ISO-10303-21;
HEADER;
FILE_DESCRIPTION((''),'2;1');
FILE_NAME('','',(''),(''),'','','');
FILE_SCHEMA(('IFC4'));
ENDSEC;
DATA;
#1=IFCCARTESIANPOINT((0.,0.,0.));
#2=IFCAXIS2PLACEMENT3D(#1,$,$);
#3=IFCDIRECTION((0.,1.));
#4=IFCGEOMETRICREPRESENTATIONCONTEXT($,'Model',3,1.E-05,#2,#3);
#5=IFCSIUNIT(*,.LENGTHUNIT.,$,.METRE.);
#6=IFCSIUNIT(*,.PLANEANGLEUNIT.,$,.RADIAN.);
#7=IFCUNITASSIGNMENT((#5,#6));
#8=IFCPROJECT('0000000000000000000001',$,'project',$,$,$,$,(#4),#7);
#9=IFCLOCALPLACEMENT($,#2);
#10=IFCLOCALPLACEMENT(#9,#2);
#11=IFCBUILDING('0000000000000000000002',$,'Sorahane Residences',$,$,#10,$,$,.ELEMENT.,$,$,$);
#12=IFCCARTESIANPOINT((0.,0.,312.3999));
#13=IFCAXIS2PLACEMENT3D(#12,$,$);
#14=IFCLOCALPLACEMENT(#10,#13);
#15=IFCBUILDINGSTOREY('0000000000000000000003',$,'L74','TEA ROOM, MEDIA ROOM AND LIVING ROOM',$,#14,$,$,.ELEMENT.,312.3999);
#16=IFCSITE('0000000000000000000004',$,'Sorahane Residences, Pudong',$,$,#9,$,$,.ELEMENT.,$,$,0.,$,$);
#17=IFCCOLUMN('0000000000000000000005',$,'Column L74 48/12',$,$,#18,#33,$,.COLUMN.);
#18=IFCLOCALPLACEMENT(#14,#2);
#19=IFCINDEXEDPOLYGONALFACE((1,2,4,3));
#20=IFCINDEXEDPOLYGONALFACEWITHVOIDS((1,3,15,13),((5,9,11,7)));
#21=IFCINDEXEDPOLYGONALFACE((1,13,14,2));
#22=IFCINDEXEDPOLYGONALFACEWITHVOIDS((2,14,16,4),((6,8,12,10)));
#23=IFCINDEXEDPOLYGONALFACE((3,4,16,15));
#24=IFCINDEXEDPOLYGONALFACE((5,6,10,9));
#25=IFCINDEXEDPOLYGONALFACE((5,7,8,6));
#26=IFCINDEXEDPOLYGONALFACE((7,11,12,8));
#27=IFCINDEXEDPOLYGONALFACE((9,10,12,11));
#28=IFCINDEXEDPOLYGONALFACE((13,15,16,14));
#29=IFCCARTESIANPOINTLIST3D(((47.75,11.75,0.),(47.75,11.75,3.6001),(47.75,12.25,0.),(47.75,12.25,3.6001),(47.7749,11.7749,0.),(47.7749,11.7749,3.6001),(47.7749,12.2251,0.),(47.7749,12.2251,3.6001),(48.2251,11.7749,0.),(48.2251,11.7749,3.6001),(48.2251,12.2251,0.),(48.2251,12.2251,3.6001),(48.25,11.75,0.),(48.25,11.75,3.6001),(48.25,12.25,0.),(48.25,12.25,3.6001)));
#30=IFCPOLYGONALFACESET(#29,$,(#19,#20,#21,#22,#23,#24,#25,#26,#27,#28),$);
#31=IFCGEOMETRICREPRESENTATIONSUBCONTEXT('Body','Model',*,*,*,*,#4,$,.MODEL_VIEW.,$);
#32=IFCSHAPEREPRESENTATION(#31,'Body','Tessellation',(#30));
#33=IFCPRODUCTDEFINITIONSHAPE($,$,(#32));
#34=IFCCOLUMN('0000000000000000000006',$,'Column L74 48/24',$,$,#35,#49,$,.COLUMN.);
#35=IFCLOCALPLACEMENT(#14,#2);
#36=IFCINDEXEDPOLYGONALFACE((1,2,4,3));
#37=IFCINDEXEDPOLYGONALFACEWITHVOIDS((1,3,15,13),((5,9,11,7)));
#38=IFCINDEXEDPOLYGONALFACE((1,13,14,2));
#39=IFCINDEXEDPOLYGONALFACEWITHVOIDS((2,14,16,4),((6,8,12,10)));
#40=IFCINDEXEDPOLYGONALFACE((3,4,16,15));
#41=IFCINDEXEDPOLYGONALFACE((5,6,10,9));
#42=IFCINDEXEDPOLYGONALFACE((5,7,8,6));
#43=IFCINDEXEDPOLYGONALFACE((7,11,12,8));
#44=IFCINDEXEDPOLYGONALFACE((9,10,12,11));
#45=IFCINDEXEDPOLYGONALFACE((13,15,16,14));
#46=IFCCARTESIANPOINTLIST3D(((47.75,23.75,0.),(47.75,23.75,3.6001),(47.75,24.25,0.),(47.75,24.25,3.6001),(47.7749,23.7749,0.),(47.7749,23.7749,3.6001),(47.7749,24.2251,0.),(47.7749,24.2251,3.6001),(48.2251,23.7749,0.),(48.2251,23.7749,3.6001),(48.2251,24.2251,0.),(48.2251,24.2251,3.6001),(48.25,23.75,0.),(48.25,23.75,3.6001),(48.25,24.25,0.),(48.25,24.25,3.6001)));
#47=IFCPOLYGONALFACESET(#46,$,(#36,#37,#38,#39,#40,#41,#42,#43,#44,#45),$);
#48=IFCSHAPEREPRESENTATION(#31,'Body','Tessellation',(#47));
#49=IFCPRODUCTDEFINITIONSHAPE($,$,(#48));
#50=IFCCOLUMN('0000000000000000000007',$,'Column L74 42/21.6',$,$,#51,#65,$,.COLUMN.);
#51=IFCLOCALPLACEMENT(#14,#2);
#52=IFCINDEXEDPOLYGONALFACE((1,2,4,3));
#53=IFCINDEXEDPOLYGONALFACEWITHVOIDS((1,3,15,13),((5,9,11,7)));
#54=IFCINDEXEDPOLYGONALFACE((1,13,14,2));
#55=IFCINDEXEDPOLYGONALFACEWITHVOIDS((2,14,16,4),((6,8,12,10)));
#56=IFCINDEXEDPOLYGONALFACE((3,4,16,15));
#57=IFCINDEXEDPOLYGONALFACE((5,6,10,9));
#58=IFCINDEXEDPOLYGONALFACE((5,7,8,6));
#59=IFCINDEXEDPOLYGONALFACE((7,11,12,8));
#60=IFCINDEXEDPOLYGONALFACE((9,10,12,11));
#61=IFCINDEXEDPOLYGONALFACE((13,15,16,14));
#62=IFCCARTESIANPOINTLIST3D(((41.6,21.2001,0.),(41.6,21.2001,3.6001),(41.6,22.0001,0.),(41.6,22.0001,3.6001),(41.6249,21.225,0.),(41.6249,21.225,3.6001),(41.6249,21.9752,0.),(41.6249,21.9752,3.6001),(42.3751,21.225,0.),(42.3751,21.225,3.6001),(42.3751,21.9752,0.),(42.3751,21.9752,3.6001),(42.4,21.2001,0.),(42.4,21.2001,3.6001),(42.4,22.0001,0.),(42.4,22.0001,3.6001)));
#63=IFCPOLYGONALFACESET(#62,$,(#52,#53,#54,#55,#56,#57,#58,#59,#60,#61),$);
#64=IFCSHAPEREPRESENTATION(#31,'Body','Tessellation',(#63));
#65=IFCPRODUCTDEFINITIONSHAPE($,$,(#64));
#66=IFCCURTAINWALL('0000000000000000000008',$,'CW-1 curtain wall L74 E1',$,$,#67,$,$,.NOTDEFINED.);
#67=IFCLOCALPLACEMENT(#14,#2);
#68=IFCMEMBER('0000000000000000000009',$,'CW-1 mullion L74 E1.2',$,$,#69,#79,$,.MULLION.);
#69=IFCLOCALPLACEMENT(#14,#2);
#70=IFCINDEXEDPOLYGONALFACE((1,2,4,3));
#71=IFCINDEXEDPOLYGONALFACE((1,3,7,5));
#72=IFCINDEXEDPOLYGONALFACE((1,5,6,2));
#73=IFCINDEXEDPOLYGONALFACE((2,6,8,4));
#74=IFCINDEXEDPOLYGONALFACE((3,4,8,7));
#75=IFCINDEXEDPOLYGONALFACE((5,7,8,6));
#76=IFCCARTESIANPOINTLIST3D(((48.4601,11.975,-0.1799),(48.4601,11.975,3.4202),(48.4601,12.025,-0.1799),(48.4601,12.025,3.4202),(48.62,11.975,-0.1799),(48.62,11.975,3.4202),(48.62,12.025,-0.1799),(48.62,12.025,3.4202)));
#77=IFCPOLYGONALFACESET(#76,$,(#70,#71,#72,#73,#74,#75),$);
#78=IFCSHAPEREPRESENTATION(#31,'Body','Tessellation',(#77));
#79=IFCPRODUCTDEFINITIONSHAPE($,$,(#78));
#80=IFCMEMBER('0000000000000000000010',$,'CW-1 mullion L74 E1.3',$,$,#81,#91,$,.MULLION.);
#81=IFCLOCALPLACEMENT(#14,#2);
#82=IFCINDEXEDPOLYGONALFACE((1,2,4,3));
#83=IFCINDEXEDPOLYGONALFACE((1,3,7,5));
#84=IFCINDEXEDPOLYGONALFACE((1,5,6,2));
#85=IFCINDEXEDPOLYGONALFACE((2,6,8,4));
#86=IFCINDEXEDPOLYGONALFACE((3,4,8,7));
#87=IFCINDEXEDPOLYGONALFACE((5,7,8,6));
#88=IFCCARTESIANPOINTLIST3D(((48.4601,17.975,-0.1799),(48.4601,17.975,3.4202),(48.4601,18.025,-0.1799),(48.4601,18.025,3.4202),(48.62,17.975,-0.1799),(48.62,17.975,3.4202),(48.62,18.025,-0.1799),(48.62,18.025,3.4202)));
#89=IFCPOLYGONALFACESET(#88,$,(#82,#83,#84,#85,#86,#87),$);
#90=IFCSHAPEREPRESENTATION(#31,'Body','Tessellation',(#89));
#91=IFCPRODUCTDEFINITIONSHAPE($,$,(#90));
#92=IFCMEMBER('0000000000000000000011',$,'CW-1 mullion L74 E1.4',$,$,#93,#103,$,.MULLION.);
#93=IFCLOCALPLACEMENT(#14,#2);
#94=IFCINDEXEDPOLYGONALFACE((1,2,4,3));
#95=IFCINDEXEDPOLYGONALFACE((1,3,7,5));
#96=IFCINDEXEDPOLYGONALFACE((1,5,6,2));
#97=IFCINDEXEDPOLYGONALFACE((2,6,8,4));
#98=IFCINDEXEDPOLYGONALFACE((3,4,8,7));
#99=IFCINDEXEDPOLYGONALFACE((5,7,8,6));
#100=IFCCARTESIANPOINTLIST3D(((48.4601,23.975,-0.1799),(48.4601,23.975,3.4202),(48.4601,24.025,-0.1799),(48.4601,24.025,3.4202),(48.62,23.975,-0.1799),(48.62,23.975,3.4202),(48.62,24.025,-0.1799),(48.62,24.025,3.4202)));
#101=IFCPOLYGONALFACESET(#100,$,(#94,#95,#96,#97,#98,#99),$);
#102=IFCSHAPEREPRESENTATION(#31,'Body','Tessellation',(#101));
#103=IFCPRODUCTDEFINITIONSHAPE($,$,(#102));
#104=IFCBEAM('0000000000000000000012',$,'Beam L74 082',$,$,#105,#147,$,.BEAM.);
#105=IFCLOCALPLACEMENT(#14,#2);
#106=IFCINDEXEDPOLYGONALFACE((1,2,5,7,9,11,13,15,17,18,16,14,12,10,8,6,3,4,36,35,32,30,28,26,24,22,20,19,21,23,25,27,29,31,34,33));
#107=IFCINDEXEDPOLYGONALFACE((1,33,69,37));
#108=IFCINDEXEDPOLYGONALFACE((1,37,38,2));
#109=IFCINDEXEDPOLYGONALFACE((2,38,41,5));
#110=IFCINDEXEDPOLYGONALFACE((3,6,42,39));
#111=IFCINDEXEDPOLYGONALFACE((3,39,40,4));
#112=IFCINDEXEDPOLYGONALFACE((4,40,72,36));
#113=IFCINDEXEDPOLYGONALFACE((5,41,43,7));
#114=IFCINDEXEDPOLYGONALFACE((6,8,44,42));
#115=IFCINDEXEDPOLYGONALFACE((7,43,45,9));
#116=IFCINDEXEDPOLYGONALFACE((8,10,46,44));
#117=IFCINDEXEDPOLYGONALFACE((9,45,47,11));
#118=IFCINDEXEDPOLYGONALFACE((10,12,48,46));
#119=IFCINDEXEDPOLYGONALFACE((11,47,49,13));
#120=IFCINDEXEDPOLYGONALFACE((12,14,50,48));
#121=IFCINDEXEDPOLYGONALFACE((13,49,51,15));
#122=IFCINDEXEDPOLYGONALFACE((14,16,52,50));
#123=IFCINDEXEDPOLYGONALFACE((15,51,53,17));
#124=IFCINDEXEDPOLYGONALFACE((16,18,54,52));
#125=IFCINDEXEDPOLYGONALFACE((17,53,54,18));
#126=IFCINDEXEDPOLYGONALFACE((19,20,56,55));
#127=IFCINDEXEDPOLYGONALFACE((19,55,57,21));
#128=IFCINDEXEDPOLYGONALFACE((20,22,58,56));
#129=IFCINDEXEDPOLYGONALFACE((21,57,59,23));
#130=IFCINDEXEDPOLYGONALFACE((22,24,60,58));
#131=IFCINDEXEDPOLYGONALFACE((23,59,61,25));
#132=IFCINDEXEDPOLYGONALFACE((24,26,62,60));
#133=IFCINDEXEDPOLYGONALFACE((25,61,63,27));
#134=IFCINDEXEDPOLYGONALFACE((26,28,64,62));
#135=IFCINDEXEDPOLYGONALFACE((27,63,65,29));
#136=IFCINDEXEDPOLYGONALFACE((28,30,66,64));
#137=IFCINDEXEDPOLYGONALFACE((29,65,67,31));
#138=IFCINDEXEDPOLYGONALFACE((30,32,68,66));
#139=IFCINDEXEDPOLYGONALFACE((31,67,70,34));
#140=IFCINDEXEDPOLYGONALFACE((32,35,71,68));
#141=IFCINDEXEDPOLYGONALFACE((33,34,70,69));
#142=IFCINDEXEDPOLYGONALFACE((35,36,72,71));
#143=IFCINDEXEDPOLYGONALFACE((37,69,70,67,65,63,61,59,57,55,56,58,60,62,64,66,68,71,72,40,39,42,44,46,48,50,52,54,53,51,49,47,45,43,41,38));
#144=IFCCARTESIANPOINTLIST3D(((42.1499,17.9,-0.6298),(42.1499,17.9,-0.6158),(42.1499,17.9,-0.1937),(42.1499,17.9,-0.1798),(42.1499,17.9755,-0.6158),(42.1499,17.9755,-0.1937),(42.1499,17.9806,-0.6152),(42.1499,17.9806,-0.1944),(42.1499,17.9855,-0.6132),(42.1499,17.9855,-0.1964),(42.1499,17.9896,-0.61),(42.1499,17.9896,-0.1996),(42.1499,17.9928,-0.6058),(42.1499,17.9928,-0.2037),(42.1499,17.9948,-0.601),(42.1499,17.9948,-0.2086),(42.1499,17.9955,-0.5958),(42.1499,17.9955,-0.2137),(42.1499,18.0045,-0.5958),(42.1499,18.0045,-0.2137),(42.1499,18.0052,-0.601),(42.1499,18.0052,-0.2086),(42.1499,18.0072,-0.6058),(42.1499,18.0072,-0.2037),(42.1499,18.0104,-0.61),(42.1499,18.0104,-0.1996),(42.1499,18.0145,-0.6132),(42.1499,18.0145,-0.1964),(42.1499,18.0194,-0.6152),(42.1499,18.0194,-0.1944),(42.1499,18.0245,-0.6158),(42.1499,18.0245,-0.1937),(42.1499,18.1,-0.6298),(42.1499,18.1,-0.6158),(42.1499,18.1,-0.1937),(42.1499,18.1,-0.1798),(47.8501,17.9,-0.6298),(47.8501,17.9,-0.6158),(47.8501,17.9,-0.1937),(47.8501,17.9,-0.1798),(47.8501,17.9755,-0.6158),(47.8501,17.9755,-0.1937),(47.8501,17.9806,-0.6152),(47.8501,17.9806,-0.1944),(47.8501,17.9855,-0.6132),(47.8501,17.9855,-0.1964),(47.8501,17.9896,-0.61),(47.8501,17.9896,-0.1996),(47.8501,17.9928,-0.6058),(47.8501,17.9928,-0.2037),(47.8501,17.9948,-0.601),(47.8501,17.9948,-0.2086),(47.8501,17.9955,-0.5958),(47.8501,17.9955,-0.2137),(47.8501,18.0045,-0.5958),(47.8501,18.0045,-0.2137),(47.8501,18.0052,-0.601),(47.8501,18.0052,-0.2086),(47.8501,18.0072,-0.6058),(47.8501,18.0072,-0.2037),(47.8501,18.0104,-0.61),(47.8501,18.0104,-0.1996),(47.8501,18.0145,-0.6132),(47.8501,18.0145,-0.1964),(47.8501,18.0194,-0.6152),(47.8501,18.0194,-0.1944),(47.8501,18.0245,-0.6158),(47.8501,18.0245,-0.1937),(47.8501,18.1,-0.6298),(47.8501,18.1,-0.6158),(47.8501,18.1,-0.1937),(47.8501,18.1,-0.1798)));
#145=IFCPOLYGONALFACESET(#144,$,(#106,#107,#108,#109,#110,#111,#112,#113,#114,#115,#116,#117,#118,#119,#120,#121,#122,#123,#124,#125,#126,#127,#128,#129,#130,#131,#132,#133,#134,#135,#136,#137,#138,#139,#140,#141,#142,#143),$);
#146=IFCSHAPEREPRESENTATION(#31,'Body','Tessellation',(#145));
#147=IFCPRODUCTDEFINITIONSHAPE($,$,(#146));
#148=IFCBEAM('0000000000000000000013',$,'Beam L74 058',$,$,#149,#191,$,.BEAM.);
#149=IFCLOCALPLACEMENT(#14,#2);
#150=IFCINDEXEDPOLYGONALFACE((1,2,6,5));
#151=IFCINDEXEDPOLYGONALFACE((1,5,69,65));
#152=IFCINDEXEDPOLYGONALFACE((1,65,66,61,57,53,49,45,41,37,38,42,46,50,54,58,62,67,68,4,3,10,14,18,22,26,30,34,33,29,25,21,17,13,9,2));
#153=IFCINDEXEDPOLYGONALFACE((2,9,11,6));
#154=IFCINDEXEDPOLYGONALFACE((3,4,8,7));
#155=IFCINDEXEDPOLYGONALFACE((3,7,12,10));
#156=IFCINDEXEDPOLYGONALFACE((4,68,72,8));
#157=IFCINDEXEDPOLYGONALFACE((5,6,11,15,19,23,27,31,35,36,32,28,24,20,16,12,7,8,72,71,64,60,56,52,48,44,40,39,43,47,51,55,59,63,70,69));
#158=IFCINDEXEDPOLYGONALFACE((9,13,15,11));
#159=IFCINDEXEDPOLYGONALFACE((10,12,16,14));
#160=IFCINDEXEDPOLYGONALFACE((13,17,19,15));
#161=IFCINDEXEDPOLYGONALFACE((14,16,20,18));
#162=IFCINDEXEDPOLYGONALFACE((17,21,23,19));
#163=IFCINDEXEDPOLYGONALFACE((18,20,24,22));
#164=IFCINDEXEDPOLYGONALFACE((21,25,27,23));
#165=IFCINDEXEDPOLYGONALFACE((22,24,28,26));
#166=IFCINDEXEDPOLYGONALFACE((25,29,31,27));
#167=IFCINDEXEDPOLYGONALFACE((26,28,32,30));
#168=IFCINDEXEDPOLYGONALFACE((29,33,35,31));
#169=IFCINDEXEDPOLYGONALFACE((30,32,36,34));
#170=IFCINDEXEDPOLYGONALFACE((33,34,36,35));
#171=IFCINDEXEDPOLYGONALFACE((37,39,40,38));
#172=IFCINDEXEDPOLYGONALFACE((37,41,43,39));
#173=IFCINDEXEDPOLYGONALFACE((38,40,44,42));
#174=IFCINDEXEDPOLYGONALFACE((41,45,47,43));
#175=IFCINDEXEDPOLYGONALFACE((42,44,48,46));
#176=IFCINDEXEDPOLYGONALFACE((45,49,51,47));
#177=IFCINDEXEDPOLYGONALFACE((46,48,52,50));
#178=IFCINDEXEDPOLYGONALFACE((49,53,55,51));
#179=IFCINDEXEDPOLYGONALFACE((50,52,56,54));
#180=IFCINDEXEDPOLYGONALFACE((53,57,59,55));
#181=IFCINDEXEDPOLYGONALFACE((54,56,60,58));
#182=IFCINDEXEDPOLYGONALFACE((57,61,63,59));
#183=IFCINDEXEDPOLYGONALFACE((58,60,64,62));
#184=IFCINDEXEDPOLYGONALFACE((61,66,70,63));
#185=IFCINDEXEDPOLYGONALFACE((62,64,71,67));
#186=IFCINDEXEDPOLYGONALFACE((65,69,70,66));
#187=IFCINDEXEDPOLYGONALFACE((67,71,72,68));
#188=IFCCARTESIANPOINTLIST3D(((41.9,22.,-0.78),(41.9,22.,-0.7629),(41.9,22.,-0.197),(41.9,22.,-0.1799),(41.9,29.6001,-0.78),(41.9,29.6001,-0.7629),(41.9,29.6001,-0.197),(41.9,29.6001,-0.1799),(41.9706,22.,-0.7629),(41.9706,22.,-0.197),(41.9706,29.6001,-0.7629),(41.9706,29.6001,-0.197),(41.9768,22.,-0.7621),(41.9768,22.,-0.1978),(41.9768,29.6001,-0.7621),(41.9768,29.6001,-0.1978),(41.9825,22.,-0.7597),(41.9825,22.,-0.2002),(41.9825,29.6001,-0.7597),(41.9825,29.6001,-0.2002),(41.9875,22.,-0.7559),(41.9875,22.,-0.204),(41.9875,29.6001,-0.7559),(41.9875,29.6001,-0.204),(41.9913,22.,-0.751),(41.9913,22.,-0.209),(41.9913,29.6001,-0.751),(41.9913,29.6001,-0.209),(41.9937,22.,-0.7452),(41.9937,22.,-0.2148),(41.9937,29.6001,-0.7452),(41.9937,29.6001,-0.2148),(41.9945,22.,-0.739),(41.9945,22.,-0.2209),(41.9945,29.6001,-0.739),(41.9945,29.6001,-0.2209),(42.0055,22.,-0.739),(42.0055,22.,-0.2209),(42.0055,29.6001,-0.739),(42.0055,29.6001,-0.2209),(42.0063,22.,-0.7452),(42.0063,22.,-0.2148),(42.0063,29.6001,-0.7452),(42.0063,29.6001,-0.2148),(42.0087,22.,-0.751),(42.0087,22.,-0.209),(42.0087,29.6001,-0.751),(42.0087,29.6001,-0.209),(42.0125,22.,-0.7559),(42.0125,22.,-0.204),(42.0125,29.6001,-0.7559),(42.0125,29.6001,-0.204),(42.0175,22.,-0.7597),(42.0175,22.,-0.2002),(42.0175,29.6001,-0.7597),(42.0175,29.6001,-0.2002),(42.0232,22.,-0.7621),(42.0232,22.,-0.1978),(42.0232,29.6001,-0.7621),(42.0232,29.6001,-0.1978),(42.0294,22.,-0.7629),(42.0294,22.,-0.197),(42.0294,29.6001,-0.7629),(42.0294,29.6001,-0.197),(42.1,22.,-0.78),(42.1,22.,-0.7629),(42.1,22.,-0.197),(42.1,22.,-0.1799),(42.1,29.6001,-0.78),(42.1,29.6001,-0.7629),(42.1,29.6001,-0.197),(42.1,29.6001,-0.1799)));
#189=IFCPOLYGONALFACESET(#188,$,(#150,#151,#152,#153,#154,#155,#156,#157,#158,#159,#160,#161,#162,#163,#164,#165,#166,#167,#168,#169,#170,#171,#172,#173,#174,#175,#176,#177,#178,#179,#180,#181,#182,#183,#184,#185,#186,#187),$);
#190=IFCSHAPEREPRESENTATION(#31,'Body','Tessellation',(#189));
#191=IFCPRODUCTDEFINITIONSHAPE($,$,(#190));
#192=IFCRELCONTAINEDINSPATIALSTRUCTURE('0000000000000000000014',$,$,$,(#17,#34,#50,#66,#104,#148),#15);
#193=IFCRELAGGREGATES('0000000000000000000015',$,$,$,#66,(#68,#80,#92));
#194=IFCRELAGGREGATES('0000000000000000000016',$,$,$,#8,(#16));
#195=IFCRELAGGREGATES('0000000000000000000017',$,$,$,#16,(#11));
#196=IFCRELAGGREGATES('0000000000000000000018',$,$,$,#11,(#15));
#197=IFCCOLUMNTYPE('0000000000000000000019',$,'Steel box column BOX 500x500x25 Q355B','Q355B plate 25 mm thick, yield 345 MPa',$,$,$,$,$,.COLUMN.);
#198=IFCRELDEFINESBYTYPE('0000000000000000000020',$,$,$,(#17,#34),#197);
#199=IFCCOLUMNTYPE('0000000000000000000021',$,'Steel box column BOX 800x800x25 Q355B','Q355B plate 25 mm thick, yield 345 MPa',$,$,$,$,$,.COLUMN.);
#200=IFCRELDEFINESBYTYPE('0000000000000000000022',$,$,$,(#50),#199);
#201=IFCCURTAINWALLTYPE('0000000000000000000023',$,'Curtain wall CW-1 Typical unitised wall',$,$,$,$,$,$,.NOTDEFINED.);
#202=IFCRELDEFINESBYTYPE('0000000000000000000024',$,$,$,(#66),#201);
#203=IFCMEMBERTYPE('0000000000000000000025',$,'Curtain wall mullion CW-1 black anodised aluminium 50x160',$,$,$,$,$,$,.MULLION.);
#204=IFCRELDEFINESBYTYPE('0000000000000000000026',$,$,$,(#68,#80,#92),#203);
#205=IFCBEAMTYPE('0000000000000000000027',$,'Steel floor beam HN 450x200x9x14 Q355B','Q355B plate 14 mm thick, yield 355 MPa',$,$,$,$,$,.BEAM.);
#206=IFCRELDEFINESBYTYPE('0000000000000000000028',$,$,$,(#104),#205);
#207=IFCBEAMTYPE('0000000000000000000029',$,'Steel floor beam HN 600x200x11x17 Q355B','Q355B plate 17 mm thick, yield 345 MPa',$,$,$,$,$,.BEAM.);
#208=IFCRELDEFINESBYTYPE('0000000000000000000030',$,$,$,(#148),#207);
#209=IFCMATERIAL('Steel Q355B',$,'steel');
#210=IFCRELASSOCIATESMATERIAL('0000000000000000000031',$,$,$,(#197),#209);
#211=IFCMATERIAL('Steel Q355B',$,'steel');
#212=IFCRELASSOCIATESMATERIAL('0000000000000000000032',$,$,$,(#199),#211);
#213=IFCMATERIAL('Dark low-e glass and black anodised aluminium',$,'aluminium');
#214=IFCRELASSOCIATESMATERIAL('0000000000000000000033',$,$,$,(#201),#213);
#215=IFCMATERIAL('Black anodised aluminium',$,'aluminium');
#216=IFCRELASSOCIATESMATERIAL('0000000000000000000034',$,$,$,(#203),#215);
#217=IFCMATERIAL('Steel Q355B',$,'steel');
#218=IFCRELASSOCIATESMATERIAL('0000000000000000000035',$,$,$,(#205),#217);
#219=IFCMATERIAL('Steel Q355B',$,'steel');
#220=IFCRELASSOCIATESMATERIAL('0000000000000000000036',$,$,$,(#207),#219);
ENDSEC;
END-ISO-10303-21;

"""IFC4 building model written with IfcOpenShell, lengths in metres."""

from ifc_helpers import new_model, si_unit, direction, frame, origin, origin_2d, place, context, subcontext, project, spatial, rectangle, hollow_rectangle, i_section, extrude, material, material_profile, profile_set, type_object, element, aggregate, save


model = new_model("IFC4")

# Units and contexts
model_context = context("Model", 3, precision=1e-05, world=origin(), true_north=direction((0.0, 1.0)))
body_context = subcontext(model_context, "Body", "Model", "MODEL_VIEW")
ifc_project = project(units=[si_unit("LENGTHUNIT", "METRE"), si_unit("PLANEANGLEUNIT", "RADIAN")], contexts=[model_context])

# Site, building, storey
site_placement = place(None, origin())
site = spatial("IfcSite", under=ifc_project, at=site_placement, Name="Sorahane Residences, Pudong", CompositionType="ELEMENT", RefElevation=0.0)
building_placement = place(site_placement, origin())
building = spatial("IfcBuilding", under=site, at=building_placement, Name="Sorahane Residences", CompositionType="ELEMENT")
storey_placement = place(building_placement, frame((0.0, 0.0, 312.3999)))
storey = spatial("IfcBuildingStorey", under=building, at=storey_placement, Name="L74", Description="TEA ROOM, MEDIA ROOM AND LIVING ROOM", CompositionType="ELEMENT", Elevation=312.3999)

# Columns
ifc_material_1 = material(Name="Steel Q355B", Category="steel")
ifc_material_profile_1 = material_profile(ifc_material_1, hollow_rectangle(XDim=0.5, YDim=0.5, WallThickness=0.0249, at=origin_2d()), Name="BOX 500x500x25")
ifc_profile_set_1 = profile_set([ifc_material_profile_1], Name="Steel Q355B")
column_type_1 = type_object("IfcColumnType", Name="Steel box column BOX 500x500x25 Q355B", Description="Q355B plate 25 mm thick, yield 345 MPa", PredefinedType="COLUMN", material=ifc_profile_set_1)
for number, where, z_axis, x_axis, name in (
    (1, (48.0, 12.0, 0.0), (0.0, 0.0, 1.0), (1.0, 0.0, 0.0), "Column L74 48/12"),
    (2, (48.0, 24.0, 0.0), (0.0, 0.0, 1.0), (1.0, 0.0, 0.0), "Column L74 48/24"),
):
    element("IfcColumn", number, at=place(storey_placement, frame(where, z_axis=z_axis, x_axis=x_axis)), inside=storey, type_object=column_type_1, Name=name, PredefinedType="COLUMN", context=body_context, shape_type="SweptSolid", body=[
        extrude(hollow_rectangle(XDim=0.5, YDim=0.5, WallThickness=0.0249, at=origin_2d()), origin(), (0.0, 0.0, 1.0), 3.6001),
    ])
ifc_material_2 = material(Name="Steel Q355B", Category="steel")
ifc_material_profile_2 = material_profile(ifc_material_2, hollow_rectangle(XDim=0.8, YDim=0.8, WallThickness=0.0249, at=origin_2d()), Name="BOX 800x800x25")
ifc_profile_set_2 = profile_set([ifc_material_profile_2], Name="Steel Q355B")
column_type_2 = type_object("IfcColumnType", Name="Steel box column BOX 800x800x25 Q355B", Description="Q355B plate 25 mm thick, yield 345 MPa", PredefinedType="COLUMN", material=ifc_profile_set_2)
column_placement = place(storey_placement, frame((42.0, 21.6001, 0.0), z_axis=(0.0, 0.0, 1.0), x_axis=(1.0, 0.0, 0.0)))
element("IfcColumn", 3, at=column_placement, inside=storey, type_object=column_type_2, Name="Column L74 42/21.6", PredefinedType="COLUMN", context=body_context, shape_type="SweptSolid", body=[
    extrude(hollow_rectangle(XDim=0.8, YDim=0.8, WallThickness=0.0249, at=origin_2d()), origin(), (0.0, 0.0, 1.0), 3.6001),
])

# Curtain wall, members
ifc_material_3 = material(Name="Dark low-e glass and black anodised aluminium", Category="aluminium")
curtain_wall_type = type_object("IfcCurtainWallType", Name="Curtain wall CW-1 Typical unitised wall", PredefinedType="NOTDEFINED", material=ifc_material_3)
curtain_wall_placement = place(storey_placement, origin())
curtain_wall = element("IfcCurtainWall", 4, at=curtain_wall_placement, inside=storey, type_object=curtain_wall_type, Name="CW-1 curtain wall L74 E1", PredefinedType="NOTDEFINED")
ifc_material_4 = material(Name="Black anodised aluminium", Category="aluminium")
ifc_material_profile_3 = material_profile(ifc_material_4, rectangle(XDim=0.1599, YDim=0.05, at=origin_2d()), Name="Curtain wall mullion CW-1 black anodised aluminium 50x160")
ifc_profile_set_3 = profile_set([ifc_material_profile_3], Name="Black anodised aluminium")
member_type = type_object("IfcMemberType", Name="Curtain wall mullion CW-1 black anodised aluminium 50x160", PredefinedType="MULLION", material=ifc_profile_set_3)
member_1_placement = place(storey_placement, frame((48.54, 12.0, -0.1799), z_axis=(0.0, 0.0, 1.0), x_axis=(1.0, 0.0, 0.0)))
member_1 = element("IfcMember", 5, at=member_1_placement, type_object=member_type, Name="CW-1 mullion L74 E1.2", PredefinedType="MULLION", context=body_context, shape_type="SweptSolid", body=[
    extrude(rectangle(XDim=0.1599, YDim=0.05, at=origin_2d()), origin(), (0.0, 0.0, 1.0), 3.6001),
])
member_2_placement = place(storey_placement, frame((48.54, 18.0, -0.1799), z_axis=(0.0, 0.0, 1.0), x_axis=(1.0, 0.0, 0.0)))
member_2 = element("IfcMember", 6, at=member_2_placement, type_object=member_type, Name="CW-1 mullion L74 E1.3", PredefinedType="MULLION", context=body_context, shape_type="SweptSolid", body=[
    extrude(rectangle(XDim=0.1599, YDim=0.05, at=origin_2d()), origin(), (0.0, 0.0, 1.0), 3.6001),
])
member_3_placement = place(storey_placement, frame((48.54, 24.0, -0.1799), z_axis=(0.0, 0.0, 1.0), x_axis=(1.0, 0.0, 0.0)))
member_3 = element("IfcMember", 7, at=member_3_placement, type_object=member_type, Name="CW-1 mullion L74 E1.4", PredefinedType="MULLION", context=body_context, shape_type="SweptSolid", body=[
    extrude(rectangle(XDim=0.1599, YDim=0.05, at=origin_2d()), origin(), (0.0, 0.0, 1.0), 3.6001),
])

# Beams
ifc_material_5 = material(Name="Steel Q355B", Category="steel")
ifc_material_profile_4 = material_profile(ifc_material_5, i_section(OverallWidth=0.2, OverallDepth=0.45, WebThickness=0.009, FlangeThickness=0.0139, FilletRadius=0.02, at=origin_2d()), Name="HN 450x200x9x14")
ifc_profile_set_4 = profile_set([ifc_material_profile_4], Name="Steel Q355B")
beam_type_1 = type_object("IfcBeamType", Name="Steel floor beam HN 450x200x9x14 Q355B", Description="Q355B plate 14 mm thick, yield 355 MPa", PredefinedType="BEAM", material=ifc_profile_set_4)
beam_1_placement = place(storey_placement, frame((42.1499, 18.0, -0.4048), z_axis=(1.0, 0.0, 0.0), x_axis=(0.0, 1.0, 0.0)))
element("IfcBeam", 8, at=beam_1_placement, inside=storey, type_object=beam_type_1, Name="Beam L74 082", PredefinedType="BEAM", context=body_context, shape_type="SweptSolid", body=[
    extrude(i_section(OverallWidth=0.2, OverallDepth=0.45, WebThickness=0.009, FlangeThickness=0.0139, FilletRadius=0.02, at=origin_2d()), origin(), (0.0, 0.0, 1.0), 5.7002),
])
ifc_material_6 = material(Name="Steel Q355B", Category="steel")
ifc_material_profile_5 = material_profile(ifc_material_6, i_section(OverallWidth=0.2, OverallDepth=0.6001, WebThickness=0.011, FlangeThickness=0.0171, FilletRadius=0.0239, at=origin_2d()), Name="HN 600x200x11x17")
ifc_profile_set_5 = profile_set([ifc_material_profile_5], Name="Steel Q355B")
beam_type_2 = type_object("IfcBeamType", Name="Steel floor beam HN 600x200x11x17 Q355B", Description="Q355B plate 17 mm thick, yield 345 MPa", PredefinedType="BEAM", material=ifc_profile_set_5)
beam_2_placement = place(storey_placement, frame((42.0, 22.0, -0.48), z_axis=(0.0, 1.0, 0.0), x_axis=(-1.0, 0.0, 0.0)))
element("IfcBeam", 9, at=beam_2_placement, inside=storey, type_object=beam_type_2, Name="Beam L74 058", PredefinedType="BEAM", context=body_context, shape_type="SweptSolid", body=[
    extrude(i_section(OverallWidth=0.2, OverallDepth=0.6001, WebThickness=0.011, FlangeThickness=0.0171, FilletRadius=0.0239, at=origin_2d()), origin(), (0.0, 0.0, 1.0), 7.6001),
])

aggregate(curtain_wall, [member_1, member_2, member_3])

save(model, "model.ifc")
